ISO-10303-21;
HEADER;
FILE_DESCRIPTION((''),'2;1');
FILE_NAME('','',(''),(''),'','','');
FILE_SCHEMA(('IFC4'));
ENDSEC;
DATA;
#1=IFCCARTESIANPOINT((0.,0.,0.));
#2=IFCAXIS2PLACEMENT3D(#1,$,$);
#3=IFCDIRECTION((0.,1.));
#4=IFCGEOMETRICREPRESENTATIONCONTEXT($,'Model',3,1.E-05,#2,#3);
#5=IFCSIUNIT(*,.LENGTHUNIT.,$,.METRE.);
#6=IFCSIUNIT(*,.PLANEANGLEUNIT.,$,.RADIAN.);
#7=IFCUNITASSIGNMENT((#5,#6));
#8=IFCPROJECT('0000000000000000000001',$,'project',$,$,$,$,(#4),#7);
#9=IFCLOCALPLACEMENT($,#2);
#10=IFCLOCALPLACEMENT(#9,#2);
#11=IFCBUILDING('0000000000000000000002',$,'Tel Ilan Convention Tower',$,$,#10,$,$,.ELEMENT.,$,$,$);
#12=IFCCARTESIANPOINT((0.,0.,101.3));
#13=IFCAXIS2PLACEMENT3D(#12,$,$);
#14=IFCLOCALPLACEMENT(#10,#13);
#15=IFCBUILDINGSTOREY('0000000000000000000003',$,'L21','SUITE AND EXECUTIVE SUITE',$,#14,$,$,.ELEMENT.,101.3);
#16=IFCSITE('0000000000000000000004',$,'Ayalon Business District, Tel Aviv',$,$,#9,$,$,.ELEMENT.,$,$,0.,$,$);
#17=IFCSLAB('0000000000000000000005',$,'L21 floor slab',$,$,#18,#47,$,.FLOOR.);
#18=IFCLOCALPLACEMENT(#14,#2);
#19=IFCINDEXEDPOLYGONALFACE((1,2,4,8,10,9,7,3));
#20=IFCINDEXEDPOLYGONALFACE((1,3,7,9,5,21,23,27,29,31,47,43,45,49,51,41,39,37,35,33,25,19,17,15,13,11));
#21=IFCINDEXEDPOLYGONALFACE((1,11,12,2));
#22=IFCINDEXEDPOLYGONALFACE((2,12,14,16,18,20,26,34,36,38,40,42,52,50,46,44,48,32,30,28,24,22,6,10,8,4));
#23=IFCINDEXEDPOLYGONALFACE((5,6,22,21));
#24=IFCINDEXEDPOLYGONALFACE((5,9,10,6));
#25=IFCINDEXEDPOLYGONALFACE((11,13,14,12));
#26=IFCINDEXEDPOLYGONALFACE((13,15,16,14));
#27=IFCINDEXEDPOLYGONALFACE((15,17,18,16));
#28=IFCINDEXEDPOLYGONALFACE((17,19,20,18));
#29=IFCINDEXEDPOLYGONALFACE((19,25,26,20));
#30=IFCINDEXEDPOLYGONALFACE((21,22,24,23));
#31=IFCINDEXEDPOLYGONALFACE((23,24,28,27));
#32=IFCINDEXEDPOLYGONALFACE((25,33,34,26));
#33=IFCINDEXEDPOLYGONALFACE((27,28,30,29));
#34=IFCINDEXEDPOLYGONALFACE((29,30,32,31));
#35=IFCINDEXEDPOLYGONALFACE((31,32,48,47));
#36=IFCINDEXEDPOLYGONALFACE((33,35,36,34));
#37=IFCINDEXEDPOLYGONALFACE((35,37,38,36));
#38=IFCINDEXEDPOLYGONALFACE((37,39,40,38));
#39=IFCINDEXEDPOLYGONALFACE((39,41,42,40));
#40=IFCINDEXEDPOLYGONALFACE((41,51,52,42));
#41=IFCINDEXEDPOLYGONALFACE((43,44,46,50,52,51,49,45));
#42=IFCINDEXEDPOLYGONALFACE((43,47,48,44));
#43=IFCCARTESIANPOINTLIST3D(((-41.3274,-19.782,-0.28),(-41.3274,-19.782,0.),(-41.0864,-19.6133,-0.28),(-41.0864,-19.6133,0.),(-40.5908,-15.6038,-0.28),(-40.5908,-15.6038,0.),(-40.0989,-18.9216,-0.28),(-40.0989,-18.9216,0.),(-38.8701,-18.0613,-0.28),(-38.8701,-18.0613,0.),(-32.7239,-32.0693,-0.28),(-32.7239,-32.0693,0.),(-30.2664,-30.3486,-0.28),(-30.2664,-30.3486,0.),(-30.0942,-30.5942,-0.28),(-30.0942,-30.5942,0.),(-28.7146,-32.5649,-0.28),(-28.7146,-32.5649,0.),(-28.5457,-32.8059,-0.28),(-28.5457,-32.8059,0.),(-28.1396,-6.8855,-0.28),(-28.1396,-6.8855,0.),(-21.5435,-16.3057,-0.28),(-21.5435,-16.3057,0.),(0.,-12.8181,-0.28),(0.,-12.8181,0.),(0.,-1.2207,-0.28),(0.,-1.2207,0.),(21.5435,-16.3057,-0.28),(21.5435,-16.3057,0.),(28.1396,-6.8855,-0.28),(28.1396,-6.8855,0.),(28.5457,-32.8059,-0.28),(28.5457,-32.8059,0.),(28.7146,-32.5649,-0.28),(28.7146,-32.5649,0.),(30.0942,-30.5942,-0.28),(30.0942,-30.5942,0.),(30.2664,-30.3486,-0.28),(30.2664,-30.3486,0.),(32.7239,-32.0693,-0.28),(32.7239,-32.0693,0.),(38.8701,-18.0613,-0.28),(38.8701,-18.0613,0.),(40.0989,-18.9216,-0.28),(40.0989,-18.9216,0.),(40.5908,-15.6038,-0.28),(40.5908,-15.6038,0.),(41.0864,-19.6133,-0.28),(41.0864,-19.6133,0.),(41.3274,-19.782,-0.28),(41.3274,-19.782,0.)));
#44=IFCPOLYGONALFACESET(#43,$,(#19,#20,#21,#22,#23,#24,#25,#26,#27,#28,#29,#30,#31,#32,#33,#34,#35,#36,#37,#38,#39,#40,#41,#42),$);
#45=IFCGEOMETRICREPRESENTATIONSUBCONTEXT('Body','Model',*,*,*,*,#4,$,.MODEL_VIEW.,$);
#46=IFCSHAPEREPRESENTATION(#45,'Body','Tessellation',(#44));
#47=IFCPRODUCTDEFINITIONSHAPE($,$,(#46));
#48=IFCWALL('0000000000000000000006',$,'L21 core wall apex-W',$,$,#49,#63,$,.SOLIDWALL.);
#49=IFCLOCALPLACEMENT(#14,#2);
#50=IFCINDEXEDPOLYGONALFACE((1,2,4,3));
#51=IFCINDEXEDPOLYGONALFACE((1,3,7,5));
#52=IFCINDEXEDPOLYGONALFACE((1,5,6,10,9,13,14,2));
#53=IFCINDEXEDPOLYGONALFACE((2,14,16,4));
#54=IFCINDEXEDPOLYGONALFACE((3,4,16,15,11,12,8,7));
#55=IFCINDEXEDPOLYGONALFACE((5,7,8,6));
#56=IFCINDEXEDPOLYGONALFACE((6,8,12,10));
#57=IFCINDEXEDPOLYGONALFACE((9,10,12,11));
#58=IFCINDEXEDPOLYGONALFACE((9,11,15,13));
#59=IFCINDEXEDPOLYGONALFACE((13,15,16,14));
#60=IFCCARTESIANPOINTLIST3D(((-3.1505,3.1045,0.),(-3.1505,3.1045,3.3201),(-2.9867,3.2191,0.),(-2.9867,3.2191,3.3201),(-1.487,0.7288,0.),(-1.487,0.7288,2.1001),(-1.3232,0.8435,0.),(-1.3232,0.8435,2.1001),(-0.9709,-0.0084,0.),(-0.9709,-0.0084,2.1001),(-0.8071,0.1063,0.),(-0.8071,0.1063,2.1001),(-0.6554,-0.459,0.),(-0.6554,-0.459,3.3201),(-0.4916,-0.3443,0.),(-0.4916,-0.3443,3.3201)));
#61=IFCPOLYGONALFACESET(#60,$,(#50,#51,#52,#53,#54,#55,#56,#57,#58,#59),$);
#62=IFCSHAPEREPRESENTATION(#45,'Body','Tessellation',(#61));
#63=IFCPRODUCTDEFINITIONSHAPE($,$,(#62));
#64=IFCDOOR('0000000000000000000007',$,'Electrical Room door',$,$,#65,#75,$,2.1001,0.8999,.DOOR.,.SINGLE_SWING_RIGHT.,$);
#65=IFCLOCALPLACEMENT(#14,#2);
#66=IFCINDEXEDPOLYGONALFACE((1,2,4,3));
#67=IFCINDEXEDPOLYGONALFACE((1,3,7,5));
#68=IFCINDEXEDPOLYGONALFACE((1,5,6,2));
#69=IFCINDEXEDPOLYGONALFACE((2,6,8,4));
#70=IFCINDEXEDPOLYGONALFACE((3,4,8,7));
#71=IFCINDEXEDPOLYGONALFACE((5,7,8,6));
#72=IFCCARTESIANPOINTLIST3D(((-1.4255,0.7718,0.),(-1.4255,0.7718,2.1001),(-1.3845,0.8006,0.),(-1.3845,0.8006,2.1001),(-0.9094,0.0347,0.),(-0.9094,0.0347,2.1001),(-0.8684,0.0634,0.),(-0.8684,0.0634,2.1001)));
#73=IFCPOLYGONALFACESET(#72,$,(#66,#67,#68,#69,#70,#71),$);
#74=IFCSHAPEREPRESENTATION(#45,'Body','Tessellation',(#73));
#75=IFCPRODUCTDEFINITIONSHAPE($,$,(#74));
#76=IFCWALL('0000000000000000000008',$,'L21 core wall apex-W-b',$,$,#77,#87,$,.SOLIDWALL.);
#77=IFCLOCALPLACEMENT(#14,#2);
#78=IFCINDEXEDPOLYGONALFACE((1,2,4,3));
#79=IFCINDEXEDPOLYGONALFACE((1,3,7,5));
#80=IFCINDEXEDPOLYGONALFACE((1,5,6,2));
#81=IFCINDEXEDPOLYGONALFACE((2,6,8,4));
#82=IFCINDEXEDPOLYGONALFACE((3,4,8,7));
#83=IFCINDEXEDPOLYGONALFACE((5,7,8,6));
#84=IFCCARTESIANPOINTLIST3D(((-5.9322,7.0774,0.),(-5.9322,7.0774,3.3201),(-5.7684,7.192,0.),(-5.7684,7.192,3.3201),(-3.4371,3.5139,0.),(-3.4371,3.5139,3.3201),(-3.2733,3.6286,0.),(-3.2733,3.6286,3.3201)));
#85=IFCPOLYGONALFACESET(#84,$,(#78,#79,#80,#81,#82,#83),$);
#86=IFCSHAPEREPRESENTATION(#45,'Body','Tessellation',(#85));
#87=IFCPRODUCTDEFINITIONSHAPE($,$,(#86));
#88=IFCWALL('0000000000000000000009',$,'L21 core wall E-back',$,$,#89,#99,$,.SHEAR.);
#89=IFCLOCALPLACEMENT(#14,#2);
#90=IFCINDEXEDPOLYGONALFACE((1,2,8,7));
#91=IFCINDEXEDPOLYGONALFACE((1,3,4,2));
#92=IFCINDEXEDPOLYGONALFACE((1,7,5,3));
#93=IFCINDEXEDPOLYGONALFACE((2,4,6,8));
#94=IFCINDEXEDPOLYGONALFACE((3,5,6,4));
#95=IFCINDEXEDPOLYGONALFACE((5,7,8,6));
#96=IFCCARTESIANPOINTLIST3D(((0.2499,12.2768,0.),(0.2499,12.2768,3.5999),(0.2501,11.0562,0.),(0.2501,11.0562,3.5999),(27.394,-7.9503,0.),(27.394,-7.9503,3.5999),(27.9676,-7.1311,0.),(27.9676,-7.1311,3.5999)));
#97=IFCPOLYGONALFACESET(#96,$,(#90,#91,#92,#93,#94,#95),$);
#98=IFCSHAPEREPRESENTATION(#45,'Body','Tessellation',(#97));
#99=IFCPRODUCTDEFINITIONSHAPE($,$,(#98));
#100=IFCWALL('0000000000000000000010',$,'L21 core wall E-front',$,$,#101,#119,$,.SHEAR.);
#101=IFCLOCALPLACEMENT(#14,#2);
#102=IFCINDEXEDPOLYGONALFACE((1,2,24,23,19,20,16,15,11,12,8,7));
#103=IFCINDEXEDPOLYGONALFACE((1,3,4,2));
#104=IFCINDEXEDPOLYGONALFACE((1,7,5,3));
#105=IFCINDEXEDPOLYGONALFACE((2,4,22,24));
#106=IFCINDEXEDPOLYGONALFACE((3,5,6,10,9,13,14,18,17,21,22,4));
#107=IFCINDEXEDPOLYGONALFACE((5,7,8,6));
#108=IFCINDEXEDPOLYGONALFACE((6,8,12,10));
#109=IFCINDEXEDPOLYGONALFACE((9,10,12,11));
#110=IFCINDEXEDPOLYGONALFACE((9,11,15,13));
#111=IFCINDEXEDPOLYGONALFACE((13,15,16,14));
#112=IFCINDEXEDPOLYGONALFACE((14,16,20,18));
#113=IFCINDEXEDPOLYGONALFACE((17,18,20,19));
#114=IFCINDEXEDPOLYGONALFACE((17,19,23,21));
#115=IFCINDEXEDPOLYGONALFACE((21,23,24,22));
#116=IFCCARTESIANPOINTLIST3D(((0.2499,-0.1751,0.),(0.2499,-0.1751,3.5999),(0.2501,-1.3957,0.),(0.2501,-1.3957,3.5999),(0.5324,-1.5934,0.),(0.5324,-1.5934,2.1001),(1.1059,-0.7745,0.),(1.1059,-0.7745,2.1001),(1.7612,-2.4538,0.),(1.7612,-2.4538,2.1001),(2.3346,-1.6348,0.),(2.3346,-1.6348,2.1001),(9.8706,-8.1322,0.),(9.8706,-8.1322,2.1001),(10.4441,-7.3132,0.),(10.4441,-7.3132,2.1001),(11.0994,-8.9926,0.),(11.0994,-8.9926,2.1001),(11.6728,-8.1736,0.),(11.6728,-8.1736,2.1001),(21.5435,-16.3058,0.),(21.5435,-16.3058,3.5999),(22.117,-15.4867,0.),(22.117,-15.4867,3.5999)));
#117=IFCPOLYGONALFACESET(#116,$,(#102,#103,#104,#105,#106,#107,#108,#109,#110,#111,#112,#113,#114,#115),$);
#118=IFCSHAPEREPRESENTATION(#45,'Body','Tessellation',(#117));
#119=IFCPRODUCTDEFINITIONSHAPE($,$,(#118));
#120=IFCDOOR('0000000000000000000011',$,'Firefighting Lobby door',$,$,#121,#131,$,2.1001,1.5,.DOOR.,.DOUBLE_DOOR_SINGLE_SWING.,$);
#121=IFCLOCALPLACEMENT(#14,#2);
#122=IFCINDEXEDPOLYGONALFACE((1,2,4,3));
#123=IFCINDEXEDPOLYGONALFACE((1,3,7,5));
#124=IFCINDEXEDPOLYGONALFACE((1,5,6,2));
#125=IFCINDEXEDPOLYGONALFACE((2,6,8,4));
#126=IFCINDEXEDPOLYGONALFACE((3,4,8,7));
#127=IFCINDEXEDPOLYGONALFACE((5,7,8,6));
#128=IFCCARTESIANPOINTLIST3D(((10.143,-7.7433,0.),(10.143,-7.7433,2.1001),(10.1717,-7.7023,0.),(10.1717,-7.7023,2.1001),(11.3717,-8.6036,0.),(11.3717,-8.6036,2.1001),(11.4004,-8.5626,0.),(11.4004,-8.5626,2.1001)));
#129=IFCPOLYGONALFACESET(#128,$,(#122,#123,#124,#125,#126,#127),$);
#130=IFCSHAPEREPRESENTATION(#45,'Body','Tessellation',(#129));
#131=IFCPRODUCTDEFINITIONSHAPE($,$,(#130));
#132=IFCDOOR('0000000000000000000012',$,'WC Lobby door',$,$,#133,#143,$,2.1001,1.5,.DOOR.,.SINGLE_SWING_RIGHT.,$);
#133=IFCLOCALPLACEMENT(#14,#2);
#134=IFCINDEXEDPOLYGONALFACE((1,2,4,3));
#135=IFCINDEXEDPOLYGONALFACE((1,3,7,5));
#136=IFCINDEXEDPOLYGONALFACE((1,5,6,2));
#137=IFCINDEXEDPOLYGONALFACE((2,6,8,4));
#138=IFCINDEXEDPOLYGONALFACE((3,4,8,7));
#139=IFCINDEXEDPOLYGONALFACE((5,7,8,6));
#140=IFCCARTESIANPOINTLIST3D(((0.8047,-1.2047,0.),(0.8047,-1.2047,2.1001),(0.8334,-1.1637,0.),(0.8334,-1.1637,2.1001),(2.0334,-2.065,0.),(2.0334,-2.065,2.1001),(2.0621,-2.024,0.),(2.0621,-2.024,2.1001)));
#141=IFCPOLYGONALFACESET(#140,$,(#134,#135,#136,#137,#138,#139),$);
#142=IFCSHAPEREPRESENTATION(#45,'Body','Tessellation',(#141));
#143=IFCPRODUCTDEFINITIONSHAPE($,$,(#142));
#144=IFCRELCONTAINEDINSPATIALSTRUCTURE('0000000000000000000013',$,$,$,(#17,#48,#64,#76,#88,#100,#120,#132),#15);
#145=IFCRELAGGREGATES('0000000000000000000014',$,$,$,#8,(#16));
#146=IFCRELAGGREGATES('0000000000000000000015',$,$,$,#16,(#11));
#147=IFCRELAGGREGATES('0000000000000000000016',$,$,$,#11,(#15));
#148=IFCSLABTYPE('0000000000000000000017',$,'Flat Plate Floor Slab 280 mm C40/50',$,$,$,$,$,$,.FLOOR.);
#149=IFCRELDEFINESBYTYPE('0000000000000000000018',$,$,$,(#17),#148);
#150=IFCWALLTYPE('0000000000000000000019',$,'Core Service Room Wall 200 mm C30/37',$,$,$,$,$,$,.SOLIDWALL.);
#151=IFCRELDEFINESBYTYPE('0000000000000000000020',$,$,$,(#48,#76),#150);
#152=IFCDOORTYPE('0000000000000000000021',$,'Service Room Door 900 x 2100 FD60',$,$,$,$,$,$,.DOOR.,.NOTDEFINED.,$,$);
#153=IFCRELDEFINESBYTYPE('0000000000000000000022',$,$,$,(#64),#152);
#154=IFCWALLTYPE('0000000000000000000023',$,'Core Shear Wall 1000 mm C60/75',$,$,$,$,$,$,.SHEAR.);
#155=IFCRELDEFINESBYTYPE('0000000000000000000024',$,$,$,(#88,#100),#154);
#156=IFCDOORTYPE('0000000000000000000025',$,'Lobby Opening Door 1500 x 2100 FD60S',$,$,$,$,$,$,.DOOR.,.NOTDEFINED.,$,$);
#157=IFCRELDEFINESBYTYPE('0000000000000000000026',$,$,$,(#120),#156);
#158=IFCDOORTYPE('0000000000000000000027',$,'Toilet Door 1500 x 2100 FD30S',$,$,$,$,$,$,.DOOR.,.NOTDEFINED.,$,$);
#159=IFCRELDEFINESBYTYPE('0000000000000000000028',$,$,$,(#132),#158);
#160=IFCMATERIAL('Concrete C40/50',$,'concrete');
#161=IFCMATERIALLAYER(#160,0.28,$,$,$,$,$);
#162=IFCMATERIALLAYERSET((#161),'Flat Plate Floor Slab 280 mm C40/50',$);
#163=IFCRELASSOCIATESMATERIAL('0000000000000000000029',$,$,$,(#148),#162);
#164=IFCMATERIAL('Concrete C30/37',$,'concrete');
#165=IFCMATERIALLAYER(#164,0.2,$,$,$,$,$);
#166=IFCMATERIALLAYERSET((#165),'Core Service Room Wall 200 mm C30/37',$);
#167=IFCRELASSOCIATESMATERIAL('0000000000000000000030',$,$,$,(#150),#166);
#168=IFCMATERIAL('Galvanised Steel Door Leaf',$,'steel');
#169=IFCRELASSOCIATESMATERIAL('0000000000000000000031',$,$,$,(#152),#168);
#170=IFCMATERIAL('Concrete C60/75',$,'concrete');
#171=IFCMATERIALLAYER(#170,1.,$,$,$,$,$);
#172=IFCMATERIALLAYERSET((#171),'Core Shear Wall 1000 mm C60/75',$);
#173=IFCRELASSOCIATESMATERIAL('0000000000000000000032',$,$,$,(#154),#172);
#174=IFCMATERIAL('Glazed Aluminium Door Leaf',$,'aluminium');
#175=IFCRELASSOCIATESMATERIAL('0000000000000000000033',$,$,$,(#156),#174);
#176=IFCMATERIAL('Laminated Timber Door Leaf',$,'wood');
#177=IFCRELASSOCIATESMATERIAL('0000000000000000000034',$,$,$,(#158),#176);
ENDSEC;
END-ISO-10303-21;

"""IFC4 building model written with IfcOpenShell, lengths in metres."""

from ifc_helpers import new_model, si_unit, direction, frame, frame_2d, origin, place, context, subcontext, project, spatial, polyline, rectangle, outline, extrude, material, layer, layer_set, type_object, element, fill, save


model = new_model("IFC4")

# Units and contexts
model_context = context("Model", 3, precision=1e-05, world=origin(), true_north=direction((0.0, 1.0)))
body_context = subcontext(model_context, "Body", "Model", "MODEL_VIEW")
ifc_project = project(units=[si_unit("LENGTHUNIT", "METRE"), si_unit("PLANEANGLEUNIT", "RADIAN")], contexts=[model_context])

# Site, building, storey
site_placement = place(None, origin())
site = spatial("IfcSite", under=ifc_project, at=site_placement, Name="Ayalon Business District, Tel Aviv", CompositionType="ELEMENT", RefElevation=0.0)
building_placement = place(site_placement, origin())
building = spatial("IfcBuilding", under=site, at=building_placement, Name="Tel Ilan Convention Tower", CompositionType="ELEMENT")
storey_placement = place(building_placement, frame((0.0, 0.0, 101.3)))
storey = spatial("IfcBuildingStorey", under=building, at=storey_placement, Name="L21", Description="SUITE AND EXECUTIVE SUITE", CompositionType="ELEMENT", Elevation=101.3)

# Slab
ifc_material_1 = material(Name="Concrete C40/50", Category="concrete")
ifc_layer_1 = layer(ifc_material_1, 0.28)
ifc_layer_set_1 = layer_set([ifc_layer_1], Name="Flat Plate Floor Slab 280 mm C40/50")
slab_type_1 = type_object("IfcSlabType", Name="Flat Plate Floor Slab 280 mm C40/50", PredefinedType="FLOOR", material=ifc_layer_set_1)
slab_1_placement = place(storey_placement, frame((0.0, 0.0, -0.28)))
element("IfcSlab", 1, at=slab_1_placement, inside=storey, type_object=slab_type_1, Name="L21 floor slab", PredefinedType="FLOOR", context=body_context, shape_type="SweptSolid", body=[
    extrude(outline(polyline([(41.0864, -19.6133), (41.3274, -19.782), (32.7239, -32.0693), (30.2664, -30.3486), (30.0942, -30.5942), (28.7146, -32.5649), (28.5457, -32.8059), (0.0, -12.8181), (-28.5457, -32.8059), (-28.7146, -32.5649), (-30.0942, -30.5942), (-30.2664, -30.3486), (-32.7239, -32.0693), (-41.3274, -19.782), (-41.0864, -19.6133), (-40.0989, -18.9216), (-38.8701, -18.0613), (-40.5908, -15.6038), (-28.1396, -6.8855), (-21.5435, -16.3057), (0.0, -1.2207), (21.5435, -16.3057), (28.1396, -6.8855), (40.5908, -15.6038), (38.8701, -18.0613), (40.0989, -18.9216), (41.0864, -19.6133)])), origin(), (0.0, 0.0, 1.0), 0.28),
])

# Wall, opening, door
ifc_material_2 = material(Name="Concrete C30/37", Category="concrete")
ifc_layer_2 = layer(ifc_material_2, 0.2)
ifc_layer_set_2 = layer_set([ifc_layer_2], Name="Core Service Room Wall 200 mm C30/37")
wall_type_1 = type_object("IfcWallType", Name="Core Service Room Wall 200 mm C30/37", PredefinedType="SOLIDWALL", material=ifc_layer_set_2)
wall_1_placement = place(storey_placement, frame((-0.5735, -0.4016, 0.0), z_axis=(0.0, 0.0, 1.0), x_axis=(-0.573568, 0.819158, 0.0)))
wall_1 = element("IfcWall", 2, at=wall_1_placement, inside=storey, type_object=wall_type_1, Name="L21 core wall apex-W", PredefinedType="SOLIDWALL", context=body_context, shape_type="SweptSolid", body=[
    extrude(rectangle(XDim=4.3501, YDim=0.2, at=frame_2d((2.175, 0.0))), origin(), (0.0, 0.0, 1.0), 3.3201),
])
opening_1_placement = place(wall_1_placement, frame((0.55, 0.0, 0.0)))
opening_1 = element("IfcOpeningElement", 3, at=opening_1_placement, cuts=wall_1, PredefinedType="OPENING", context=body_context, shape_type="SweptSolid", body=[
    extrude(rectangle(XDim=0.8999, YDim=2.1001, at=frame_2d((0.45, 1.05))), frame((0.0, 0.1099, 0.0), z_axis=(0.0, -1.0, 0.0), x_axis=(1.0, 0.0, 0.0)), (0.0, 0.0, 1.0), 0.22),
])
ifc_material_3 = material(Name="Galvanised Steel Door Leaf", Category="steel")
door_type_1 = type_object("IfcDoorType", Name="Service Room Door 900 x 2100 FD60", OperationType="NOTDEFINED", PredefinedType="DOOR", material=ifc_material_3)
door_1_placement = place(opening_1_placement, origin())
door_1 = element("IfcDoor", 4, at=door_1_placement, inside=storey, type_object=door_type_1, Name="Electrical Room door", OperationType="SINGLE_SWING_RIGHT", OverallHeight=2.1001, OverallWidth=0.8999, PredefinedType="DOOR", context=body_context, shape_type="SweptSolid", body=[
    extrude(rectangle(XDim=0.8999, YDim=2.1001, at=frame_2d((0.45, 1.05))), frame((0.0, 0.0249, 0.0), z_axis=(0.0, -1.0, 0.0), x_axis=(1.0, 0.0, 0.0)), (0.0, 0.0, 1.0), 0.05),
])
fill(opening_1, door_1)

# Walls
wall_2_placement = place(storey_placement, frame((-3.3552, 3.5713, 0.0), z_axis=(0.0, 0.0, 1.0), x_axis=(-0.573568, 0.819158, 0.0)))
element("IfcWall", 5, at=wall_2_placement, inside=storey, type_object=wall_type_1, Name="L21 core wall apex-W-b", PredefinedType="SOLIDWALL", context=body_context, shape_type="SweptSolid", body=[
    extrude(rectangle(XDim=4.3501, YDim=0.2, at=frame_2d((2.175, 0.0))), origin(), (0.0, 0.0, 1.0), 3.3201),
])
ifc_material_4 = material(Name="Concrete C60/75", Category="concrete")
ifc_layer_3 = layer(ifc_material_4, 1.0)
ifc_layer_set_3 = layer_set([ifc_layer_3], Name="Core Shear Wall 1000 mm C60/75")
wall_type_2 = type_object("IfcWallType", Name="Core Shear Wall 1000 mm C60/75", PredefinedType="SHEAR", material=ifc_layer_set_3)
wall_3_placement = place(storey_placement, frame((-0.0369, 11.8672, 0.0), z_axis=(0.0, 0.0, 1.0), x_axis=(0.819155, -0.573572, 0.0)))
element("IfcWall", 6, at=wall_3_placement, inside=storey, type_object=wall_type_2, Name="L21 core wall E-back", PredefinedType="SHEAR", context=body_context, shape_type="SweptSolid", body=[
    extrude(outline(polyline([(33.8369, 0.5), (0.0, 0.5), (0.7002, -0.4998), (33.8369, -0.5), (33.8369, 0.5)])), origin(), (0.0, 0.0, 1.0), 3.5999),
])

# Wall, openings, doors
wall_4_placement = place(storey_placement, frame((-0.0369, -0.5847, 0.0), z_axis=(0.0, 0.0, 1.0), x_axis=(0.819157, -0.573569, 0.0)))
wall_4 = element("IfcWall", 7, at=wall_4_placement, inside=storey, type_object=wall_type_2, Name="L21 core wall E-front", PredefinedType="SHEAR", context=body_context, shape_type="SweptSolid", body=[
    extrude(outline(polyline([(26.6948, 0.4998), (0.0, 0.5), (0.7002, -0.4998), (26.6948, -0.5002), (26.6948, 0.4998)])), origin(), (0.0, 0.0, 1.0), 3.5999),
])
opening_2_placement = place(wall_4_placement, frame((1.0449, 0.0, 0.0)))
opening_2 = element("IfcOpeningElement", 8, at=opening_2_placement, cuts=wall_4, PredefinedType="OPENING", context=body_context, shape_type="SweptSolid", body=[
    extrude(rectangle(XDim=1.5, YDim=2.1001, at=frame_2d((0.75, 1.05))), frame((0.0, 0.51, 0.0), z_axis=(0.0, -1.0, 0.0), x_axis=(1.0, 0.0, 0.0)), (0.0, 0.0, 1.0), 1.02),
])
opening_3_placement = place(wall_4_placement, frame((12.4448, 0.0, 0.0)))
opening_3 = element("IfcOpeningElement", 9, at=opening_3_placement, cuts=wall_4, PredefinedType="OPENING", context=body_context, shape_type="SweptSolid", body=[
    extrude(rectangle(XDim=1.5, YDim=2.1001, at=frame_2d((0.75, 1.05))), frame((0.0, 0.51, 0.0), z_axis=(0.0, -1.0, 0.0), x_axis=(1.0, 0.0, 0.0)), (0.0, 0.0, 1.0), 1.02),
])
ifc_material_5 = material(Name="Glazed Aluminium Door Leaf", Category="aluminium")
door_type_2 = type_object("IfcDoorType", Name="Lobby Opening Door 1500 x 2100 FD60S", OperationType="NOTDEFINED", PredefinedType="DOOR", material=ifc_material_5)
door_2_placement = place(opening_3_placement, origin())
door_2 = element("IfcDoor", 10, at=door_2_placement, inside=storey, type_object=door_type_2, Name="Firefighting Lobby door", OperationType="DOUBLE_DOOR_SINGLE_SWING", OverallHeight=2.1001, OverallWidth=1.5, PredefinedType="DOOR", context=body_context, shape_type="SweptSolid", body=[
    extrude(rectangle(XDim=1.5, YDim=2.1001, at=frame_2d((0.75, 1.05))), frame((0.0, 0.0249, 0.0), z_axis=(0.0, -1.0, 0.0), x_axis=(1.0, 0.0, 0.0)), (0.0, 0.0, 1.0), 0.05),
])
fill(opening_3, door_2)
ifc_material_6 = material(Name="Laminated Timber Door Leaf", Category="wood")
door_type_3 = type_object("IfcDoorType", Name="Toilet Door 1500 x 2100 FD30S", OperationType="NOTDEFINED", PredefinedType="DOOR", material=ifc_material_6)
door_3_placement = place(opening_2_placement, origin())
door_3 = element("IfcDoor", 11, at=door_3_placement, inside=storey, type_object=door_type_3, Name="WC Lobby door", OperationType="SINGLE_SWING_RIGHT", OverallHeight=2.1001, OverallWidth=1.5, PredefinedType="DOOR", context=body_context, shape_type="SweptSolid", body=[
    extrude(rectangle(XDim=1.5, YDim=2.1001, at=frame_2d((0.75, 1.05))), frame((0.0, 0.0249, 0.0), z_axis=(0.0, -1.0, 0.0), x_axis=(1.0, 0.0, 0.0)), (0.0, 0.0, 1.0), 0.05),
])
fill(opening_2, door_3)

save(model, "model.ifc")
